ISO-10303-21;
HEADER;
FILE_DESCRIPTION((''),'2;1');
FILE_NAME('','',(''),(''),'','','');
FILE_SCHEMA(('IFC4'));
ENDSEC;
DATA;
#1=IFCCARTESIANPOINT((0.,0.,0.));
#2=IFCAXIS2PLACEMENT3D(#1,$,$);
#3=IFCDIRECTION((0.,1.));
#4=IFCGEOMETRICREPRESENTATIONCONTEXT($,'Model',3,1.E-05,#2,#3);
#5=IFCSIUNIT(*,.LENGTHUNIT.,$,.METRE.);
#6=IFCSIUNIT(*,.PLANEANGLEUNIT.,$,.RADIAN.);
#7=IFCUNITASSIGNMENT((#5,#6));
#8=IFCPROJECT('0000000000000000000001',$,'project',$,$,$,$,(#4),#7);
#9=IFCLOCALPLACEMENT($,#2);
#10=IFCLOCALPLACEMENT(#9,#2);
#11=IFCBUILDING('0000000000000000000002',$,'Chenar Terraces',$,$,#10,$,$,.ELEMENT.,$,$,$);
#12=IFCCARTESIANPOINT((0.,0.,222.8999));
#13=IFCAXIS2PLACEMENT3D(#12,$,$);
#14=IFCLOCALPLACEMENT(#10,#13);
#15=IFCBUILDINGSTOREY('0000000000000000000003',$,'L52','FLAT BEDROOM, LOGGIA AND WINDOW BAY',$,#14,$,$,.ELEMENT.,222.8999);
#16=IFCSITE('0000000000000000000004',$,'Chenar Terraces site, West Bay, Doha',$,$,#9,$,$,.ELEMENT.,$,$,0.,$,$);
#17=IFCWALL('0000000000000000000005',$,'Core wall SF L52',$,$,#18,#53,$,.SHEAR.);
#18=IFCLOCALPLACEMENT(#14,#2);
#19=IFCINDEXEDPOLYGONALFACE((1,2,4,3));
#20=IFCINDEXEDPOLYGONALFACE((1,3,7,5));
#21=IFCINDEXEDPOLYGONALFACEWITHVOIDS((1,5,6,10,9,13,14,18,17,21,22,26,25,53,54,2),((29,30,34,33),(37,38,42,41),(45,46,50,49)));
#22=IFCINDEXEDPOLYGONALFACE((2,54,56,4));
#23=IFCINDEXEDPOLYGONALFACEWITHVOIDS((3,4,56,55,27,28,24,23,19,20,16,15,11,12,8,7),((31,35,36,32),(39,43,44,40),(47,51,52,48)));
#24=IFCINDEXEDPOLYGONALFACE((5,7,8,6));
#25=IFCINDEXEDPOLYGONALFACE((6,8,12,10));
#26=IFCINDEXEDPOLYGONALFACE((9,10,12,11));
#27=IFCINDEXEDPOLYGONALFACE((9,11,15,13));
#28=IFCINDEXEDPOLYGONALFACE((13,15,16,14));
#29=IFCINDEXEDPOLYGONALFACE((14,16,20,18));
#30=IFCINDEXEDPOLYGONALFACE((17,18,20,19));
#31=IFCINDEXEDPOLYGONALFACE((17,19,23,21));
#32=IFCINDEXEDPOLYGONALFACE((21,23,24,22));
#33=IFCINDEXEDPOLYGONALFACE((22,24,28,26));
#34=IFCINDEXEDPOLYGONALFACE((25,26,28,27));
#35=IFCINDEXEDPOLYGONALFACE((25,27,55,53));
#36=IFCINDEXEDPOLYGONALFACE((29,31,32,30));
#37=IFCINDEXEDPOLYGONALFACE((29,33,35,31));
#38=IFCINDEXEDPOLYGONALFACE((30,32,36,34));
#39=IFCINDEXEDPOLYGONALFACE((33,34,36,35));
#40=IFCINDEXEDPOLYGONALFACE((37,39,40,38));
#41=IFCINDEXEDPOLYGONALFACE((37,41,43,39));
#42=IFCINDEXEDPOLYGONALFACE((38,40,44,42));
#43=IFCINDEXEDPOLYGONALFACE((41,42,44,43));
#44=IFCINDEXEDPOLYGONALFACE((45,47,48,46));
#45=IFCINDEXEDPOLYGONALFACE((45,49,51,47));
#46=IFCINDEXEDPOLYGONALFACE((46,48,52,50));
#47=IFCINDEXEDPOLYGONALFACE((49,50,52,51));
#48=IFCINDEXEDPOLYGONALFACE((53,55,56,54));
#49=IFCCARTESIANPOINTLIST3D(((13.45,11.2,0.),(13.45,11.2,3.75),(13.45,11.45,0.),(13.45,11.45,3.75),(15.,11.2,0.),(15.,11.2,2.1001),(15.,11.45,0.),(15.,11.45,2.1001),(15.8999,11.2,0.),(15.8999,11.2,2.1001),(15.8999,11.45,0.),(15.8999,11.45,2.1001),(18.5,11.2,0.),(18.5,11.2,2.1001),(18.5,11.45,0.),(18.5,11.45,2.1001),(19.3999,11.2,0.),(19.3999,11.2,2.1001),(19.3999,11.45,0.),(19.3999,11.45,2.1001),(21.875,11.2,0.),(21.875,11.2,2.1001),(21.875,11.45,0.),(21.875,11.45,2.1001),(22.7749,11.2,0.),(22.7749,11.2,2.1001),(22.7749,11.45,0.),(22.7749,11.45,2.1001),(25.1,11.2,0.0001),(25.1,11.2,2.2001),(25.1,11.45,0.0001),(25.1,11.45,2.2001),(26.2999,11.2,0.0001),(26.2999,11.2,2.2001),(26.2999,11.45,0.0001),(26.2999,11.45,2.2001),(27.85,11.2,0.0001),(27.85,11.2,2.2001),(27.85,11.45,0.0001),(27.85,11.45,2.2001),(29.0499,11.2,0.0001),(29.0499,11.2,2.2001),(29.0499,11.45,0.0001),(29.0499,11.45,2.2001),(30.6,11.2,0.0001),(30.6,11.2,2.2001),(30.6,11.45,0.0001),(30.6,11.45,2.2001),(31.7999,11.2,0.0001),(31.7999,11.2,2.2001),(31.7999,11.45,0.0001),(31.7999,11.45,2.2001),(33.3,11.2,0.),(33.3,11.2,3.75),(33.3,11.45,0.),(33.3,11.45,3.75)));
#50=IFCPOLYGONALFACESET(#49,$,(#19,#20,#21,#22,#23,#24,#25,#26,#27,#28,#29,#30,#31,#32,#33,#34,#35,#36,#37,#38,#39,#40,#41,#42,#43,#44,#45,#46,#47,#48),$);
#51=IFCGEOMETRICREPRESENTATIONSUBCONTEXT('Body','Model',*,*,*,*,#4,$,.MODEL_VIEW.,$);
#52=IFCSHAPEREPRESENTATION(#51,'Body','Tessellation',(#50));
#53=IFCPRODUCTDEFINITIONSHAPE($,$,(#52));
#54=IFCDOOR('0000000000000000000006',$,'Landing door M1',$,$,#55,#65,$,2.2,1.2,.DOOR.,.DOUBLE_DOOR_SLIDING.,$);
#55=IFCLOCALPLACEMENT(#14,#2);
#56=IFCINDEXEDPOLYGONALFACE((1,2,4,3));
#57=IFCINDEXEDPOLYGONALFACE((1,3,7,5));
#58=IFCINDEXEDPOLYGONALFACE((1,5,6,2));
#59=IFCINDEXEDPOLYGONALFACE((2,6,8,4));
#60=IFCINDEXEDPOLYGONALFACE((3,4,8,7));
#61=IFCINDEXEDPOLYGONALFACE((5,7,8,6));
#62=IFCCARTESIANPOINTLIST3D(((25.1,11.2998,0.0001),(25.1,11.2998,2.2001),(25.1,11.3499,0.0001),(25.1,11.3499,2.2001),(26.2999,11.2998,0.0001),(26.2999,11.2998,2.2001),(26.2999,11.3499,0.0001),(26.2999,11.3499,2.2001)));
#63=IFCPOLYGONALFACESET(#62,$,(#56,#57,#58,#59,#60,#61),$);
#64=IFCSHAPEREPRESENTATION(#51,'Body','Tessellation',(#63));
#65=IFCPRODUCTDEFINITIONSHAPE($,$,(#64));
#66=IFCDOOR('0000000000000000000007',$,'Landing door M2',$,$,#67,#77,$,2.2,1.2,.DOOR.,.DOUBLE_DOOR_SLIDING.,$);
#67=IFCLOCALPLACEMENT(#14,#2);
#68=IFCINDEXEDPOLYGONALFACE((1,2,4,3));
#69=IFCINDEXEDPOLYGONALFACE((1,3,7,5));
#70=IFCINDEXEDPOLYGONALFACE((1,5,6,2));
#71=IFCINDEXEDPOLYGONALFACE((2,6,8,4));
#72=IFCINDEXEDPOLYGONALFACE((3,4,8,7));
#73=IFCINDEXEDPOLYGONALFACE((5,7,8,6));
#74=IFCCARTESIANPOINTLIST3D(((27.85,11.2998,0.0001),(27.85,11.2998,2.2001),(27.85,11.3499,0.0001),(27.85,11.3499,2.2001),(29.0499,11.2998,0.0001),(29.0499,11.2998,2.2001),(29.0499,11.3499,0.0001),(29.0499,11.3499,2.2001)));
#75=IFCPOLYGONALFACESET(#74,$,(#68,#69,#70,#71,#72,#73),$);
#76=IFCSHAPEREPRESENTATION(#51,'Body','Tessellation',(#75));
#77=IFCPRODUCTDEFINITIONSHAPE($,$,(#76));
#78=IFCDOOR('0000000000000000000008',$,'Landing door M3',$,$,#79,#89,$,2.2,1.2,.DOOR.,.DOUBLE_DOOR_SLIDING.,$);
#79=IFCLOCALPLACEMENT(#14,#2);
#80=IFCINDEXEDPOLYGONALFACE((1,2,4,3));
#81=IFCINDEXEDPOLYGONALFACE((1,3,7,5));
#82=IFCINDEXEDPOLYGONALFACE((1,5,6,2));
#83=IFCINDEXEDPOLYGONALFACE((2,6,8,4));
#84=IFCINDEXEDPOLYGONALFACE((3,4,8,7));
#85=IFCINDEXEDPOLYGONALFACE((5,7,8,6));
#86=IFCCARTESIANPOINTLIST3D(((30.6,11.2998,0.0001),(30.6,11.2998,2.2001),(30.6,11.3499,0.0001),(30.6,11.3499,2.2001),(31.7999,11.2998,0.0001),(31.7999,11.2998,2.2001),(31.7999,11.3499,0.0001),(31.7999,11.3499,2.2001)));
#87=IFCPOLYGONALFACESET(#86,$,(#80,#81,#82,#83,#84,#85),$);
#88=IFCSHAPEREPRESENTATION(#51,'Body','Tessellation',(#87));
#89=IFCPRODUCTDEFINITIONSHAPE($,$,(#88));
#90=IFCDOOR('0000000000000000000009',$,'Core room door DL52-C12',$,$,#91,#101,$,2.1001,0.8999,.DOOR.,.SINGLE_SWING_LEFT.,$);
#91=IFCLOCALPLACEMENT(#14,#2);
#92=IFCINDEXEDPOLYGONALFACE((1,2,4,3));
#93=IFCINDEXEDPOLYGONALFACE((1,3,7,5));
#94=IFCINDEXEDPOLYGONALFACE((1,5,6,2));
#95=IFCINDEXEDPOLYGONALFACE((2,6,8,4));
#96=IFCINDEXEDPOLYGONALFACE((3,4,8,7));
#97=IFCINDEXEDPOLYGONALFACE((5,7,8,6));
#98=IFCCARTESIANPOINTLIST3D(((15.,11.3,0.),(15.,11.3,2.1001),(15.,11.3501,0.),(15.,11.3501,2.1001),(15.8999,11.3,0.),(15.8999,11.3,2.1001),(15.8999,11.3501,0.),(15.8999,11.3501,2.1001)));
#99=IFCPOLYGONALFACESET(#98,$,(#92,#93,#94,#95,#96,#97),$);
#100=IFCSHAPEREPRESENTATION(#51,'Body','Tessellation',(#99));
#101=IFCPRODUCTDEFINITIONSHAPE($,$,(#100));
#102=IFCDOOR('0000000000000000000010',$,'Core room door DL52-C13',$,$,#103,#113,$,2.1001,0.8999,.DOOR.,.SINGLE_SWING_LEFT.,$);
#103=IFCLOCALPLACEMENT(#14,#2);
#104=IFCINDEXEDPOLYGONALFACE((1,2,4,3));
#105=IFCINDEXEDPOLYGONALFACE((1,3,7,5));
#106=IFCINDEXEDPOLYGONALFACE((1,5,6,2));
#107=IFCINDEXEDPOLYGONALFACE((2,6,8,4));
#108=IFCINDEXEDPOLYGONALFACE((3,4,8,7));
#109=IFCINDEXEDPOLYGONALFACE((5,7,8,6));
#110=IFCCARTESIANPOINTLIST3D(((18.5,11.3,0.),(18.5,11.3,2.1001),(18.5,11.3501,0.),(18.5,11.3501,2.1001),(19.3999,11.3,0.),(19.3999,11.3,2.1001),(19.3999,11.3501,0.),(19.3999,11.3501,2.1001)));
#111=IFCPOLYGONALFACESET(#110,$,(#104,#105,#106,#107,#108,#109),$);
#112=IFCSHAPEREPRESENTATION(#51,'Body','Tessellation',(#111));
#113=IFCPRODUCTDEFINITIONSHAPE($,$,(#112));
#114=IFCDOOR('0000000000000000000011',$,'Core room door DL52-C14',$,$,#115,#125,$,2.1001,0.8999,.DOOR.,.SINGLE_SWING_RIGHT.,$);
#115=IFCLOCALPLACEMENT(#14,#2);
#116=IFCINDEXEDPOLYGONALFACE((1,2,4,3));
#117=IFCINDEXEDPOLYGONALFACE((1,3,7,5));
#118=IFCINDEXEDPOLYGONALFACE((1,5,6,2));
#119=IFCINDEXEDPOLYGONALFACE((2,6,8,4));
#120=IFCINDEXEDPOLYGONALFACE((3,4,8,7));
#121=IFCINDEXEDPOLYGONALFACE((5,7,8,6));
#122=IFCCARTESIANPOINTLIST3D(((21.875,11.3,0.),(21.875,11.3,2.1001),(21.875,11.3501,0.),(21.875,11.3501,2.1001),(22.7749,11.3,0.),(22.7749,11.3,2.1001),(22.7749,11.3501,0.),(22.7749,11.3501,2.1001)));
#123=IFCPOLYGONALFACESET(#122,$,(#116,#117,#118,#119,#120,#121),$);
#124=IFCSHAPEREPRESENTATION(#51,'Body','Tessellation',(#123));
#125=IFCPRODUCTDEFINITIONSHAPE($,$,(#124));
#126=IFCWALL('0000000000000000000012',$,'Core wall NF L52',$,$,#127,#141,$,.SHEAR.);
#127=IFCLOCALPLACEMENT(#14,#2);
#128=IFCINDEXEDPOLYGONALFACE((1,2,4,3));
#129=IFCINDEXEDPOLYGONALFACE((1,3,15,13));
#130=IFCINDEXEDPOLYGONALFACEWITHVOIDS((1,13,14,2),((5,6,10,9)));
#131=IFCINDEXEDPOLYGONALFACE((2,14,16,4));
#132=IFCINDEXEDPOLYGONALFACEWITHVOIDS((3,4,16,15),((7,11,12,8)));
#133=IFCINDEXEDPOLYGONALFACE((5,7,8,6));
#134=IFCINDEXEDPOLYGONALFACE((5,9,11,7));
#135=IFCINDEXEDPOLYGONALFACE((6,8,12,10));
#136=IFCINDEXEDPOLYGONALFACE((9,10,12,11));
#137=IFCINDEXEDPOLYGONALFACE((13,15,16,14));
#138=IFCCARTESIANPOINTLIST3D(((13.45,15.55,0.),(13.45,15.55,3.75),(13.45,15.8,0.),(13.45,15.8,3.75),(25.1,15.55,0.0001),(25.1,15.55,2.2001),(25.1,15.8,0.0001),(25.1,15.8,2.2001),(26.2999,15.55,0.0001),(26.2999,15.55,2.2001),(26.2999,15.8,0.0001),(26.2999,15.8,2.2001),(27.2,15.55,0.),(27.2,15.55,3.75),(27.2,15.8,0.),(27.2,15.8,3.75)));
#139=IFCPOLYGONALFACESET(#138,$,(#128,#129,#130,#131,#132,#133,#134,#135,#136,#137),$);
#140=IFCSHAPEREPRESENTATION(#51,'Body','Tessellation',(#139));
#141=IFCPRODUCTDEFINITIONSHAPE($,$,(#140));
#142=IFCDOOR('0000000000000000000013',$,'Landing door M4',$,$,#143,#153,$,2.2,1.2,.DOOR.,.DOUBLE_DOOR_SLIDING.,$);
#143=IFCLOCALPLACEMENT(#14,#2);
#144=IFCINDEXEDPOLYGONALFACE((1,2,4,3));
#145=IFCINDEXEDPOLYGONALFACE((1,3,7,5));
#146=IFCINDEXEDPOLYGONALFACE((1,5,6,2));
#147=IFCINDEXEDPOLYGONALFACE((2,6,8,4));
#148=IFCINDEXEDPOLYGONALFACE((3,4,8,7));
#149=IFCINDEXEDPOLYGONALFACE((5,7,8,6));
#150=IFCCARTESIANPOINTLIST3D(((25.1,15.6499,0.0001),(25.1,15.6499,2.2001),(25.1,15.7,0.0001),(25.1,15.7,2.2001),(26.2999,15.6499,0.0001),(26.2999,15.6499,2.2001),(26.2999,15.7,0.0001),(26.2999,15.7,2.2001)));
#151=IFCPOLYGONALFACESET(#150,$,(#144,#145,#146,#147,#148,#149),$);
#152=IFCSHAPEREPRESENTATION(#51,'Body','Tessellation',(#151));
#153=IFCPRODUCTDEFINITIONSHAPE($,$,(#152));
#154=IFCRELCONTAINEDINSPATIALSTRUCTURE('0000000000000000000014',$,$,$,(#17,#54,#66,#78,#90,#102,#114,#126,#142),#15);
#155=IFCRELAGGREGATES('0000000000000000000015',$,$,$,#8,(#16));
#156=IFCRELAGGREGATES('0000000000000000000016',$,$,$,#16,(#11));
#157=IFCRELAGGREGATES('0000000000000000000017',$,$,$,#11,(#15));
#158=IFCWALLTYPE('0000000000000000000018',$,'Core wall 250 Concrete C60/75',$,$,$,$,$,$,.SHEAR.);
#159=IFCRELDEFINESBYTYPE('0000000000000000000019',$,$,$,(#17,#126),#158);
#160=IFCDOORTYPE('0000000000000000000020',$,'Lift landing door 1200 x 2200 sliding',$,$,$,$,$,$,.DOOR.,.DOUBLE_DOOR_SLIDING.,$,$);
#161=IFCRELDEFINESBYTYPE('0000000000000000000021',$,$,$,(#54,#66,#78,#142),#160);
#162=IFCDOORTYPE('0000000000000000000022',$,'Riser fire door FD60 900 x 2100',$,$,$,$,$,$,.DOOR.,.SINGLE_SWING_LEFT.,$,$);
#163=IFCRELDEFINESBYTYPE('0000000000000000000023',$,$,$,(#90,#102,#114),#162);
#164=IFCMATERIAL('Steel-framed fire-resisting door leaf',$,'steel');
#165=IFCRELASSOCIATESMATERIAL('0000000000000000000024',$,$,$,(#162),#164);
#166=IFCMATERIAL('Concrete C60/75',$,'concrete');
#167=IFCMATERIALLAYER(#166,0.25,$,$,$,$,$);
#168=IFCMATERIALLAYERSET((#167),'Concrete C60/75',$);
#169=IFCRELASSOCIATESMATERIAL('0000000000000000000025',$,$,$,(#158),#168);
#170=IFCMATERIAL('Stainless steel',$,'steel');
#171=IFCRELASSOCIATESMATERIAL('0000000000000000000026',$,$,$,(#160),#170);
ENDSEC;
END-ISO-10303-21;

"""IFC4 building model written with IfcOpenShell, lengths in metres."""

from ifc_helpers import new_model, si_unit, direction, frame, frame_2d, origin, place, context, subcontext, project, spatial, rectangle, extrude, material, layer, layer_set, type_object, element, fill, save


model = new_model("IFC4")

# Units and contexts
model_context = context("Model", 3, precision=1e-05, world=origin(), true_north=direction((0.0, 1.0)))
body_context = subcontext(model_context, "Body", "Model", "MODEL_VIEW")
ifc_project = project(units=[si_unit("LENGTHUNIT", "METRE"), si_unit("PLANEANGLEUNIT", "RADIAN")], contexts=[model_context])

# Site, building, storey
site_placement = place(None, origin())
site = spatial("IfcSite", under=ifc_project, at=site_placement, Name="Chenar Terraces site, West Bay, Doha", CompositionType="ELEMENT", RefElevation=0.0)
building_placement = place(site_placement, origin())
building = spatial("IfcBuilding", under=site, at=building_placement, Name="Chenar Terraces", CompositionType="ELEMENT")
storey_placement = place(building_placement, frame((0.0, 0.0, 222.8999)))
storey = spatial("IfcBuildingStorey", under=building, at=storey_placement, Name="L52", Description="FLAT BEDROOM, LOGGIA AND WINDOW BAY", CompositionType="ELEMENT", Elevation=222.8999)

# Shared definitions
ifc_material_1 = material(Name="Steel-framed fire-resisting door leaf", Category="steel")
door_type_1 = type_object("IfcDoorType", Name="Riser fire door FD60 900 x 2100", OperationType="SINGLE_SWING_LEFT", PredefinedType="DOOR", material=ifc_material_1)

# Shared definitions
ifc_material_2 = material(Name="Concrete C60/75", Category="concrete")
ifc_layer_1 = layer(ifc_material_2, 0.25)
ifc_layer_set_1 = layer_set([ifc_layer_1], Name="Concrete C60/75")
wall_type_1 = type_object("IfcWallType", Name="Core wall 250 Concrete C60/75", PredefinedType="SHEAR", material=ifc_layer_set_1)

# Wall, openings, doors
wall_1_placement = place(storey_placement, frame((13.45, 11.325, 0.0), z_axis=(0.0, 0.0, 1.0), x_axis=(1.0, 0.0, 0.0)))
wall_1 = element("IfcWall", 1, at=wall_1_placement, inside=storey, type_object=wall_type_1, Name="Core wall SF L52", PredefinedType="SHEAR", context=body_context, shape_type="SweptSolid", body=[
    extrude(rectangle(XDim=19.8501, YDim=0.25, at=frame_2d((9.925, 0.0))), origin(), (0.0, 0.0, 1.0), 3.75),
])
opening_1_placement = place(wall_1_placement, frame((11.6499, 0.0, 0.0)))
opening_1 = element("IfcOpeningElement", 2, at=opening_1_placement, cuts=wall_1, PredefinedType="OPENING", context=body_context, shape_type="SweptSolid", body=[
    extrude(rectangle(XDim=1.2, YDim=2.2, at=frame_2d((0.6001, 1.1001))), frame((0.0, 0.135, 0.0), z_axis=(0.0, -1.0, 0.0), x_axis=(1.0, 0.0, 0.0)), (0.0, 0.0, 1.0), 0.27),
])
opening_2_placement = place(wall_1_placement, frame((14.3999, 0.0, 0.0)))
opening_2 = element("IfcOpeningElement", 3, at=opening_2_placement, cuts=wall_1, PredefinedType="OPENING", context=body_context, shape_type="SweptSolid", body=[
    extrude(rectangle(XDim=1.2, YDim=2.2, at=frame_2d((0.6001, 1.1001))), frame((0.0, 0.135, 0.0), z_axis=(0.0, -1.0, 0.0), x_axis=(1.0, 0.0, 0.0)), (0.0, 0.0, 1.0), 0.27),
])
opening_3_placement = place(wall_1_placement, frame((17.1499, 0.0, 0.0)))
opening_3 = element("IfcOpeningElement", 4, at=opening_3_placement, cuts=wall_1, PredefinedType="OPENING", context=body_context, shape_type="SweptSolid", body=[
    extrude(rectangle(XDim=1.2, YDim=2.2, at=frame_2d((0.6001, 1.1001))), frame((0.0, 0.135, 0.0), z_axis=(0.0, -1.0, 0.0), x_axis=(1.0, 0.0, 0.0)), (0.0, 0.0, 1.0), 0.27),
])
opening_4_placement = place(wall_1_placement, frame((1.55, 0.0, 0.0)))
opening_4 = element("IfcOpeningElement", 5, at=opening_4_placement, cuts=wall_1, PredefinedType="OPENING", context=body_context, shape_type="SweptSolid", body=[
    extrude(rectangle(XDim=0.8999, YDim=2.1001, at=frame_2d((0.45, 1.05))), frame((0.0, 0.135, 0.0), z_axis=(0.0, -1.0, 0.0), x_axis=(1.0, 0.0, 0.0)), (0.0, 0.0, 1.0), 0.27),
])
opening_5_placement = place(wall_1_placement, frame((5.05, 0.0, 0.0)))
opening_5 = element("IfcOpeningElement", 6, at=opening_5_placement, cuts=wall_1, PredefinedType="OPENING", context=body_context, shape_type="SweptSolid", body=[
    extrude(rectangle(XDim=0.8999, YDim=2.1001, at=frame_2d((0.45, 1.05))), frame((0.0, 0.135, 0.0), z_axis=(0.0, -1.0, 0.0), x_axis=(1.0, 0.0, 0.0)), (0.0, 0.0, 1.0), 0.27),
])
opening_6_placement = place(wall_1_placement, frame((8.425, 0.0, 0.0)))
opening_6 = element("IfcOpeningElement", 7, at=opening_6_placement, cuts=wall_1, PredefinedType="OPENING", context=body_context, shape_type="SweptSolid", body=[
    extrude(rectangle(XDim=0.8999, YDim=2.1001, at=frame_2d((0.45, 1.05))), frame((0.0, 0.135, 0.0), z_axis=(0.0, -1.0, 0.0), x_axis=(1.0, 0.0, 0.0)), (0.0, 0.0, 1.0), 0.27),
])
ifc_material_3 = material(Name="Stainless steel", Category="steel")
door_type_2 = type_object("IfcDoorType", Name="Lift landing door 1200 x 2200 sliding", OperationType="DOUBLE_DOOR_SLIDING", PredefinedType="DOOR", material=ifc_material_3)
door_1_placement = place(opening_1_placement, origin())
door_1 = element("IfcDoor", 8, at=door_1_placement, inside=storey, type_object=door_type_2, Name="Landing door M1", OperationType="DOUBLE_DOOR_SLIDING", OverallHeight=2.2, OverallWidth=1.2, PredefinedType="DOOR", context=body_context, shape_type="SweptSolid", body=[
    extrude(rectangle(XDim=1.2, YDim=2.2, at=frame_2d((0.6001, 1.1001))), frame((0.0, 0.0249, 0.0), z_axis=(0.0, -1.0, 0.0), x_axis=(1.0, 0.0, 0.0)), (0.0, 0.0, 1.0), 0.05),
])
fill(opening_1, door_1)
door_2_placement = place(opening_2_placement, origin())
door_2 = element("IfcDoor", 9, at=door_2_placement, inside=storey, type_object=door_type_2, Name="Landing door M2", OperationType="DOUBLE_DOOR_SLIDING", OverallHeight=2.2, OverallWidth=1.2, PredefinedType="DOOR", context=body_context, shape_type="SweptSolid", body=[
    extrude(rectangle(XDim=1.2, YDim=2.2, at=frame_2d((0.6001, 1.1001))), frame((0.0, 0.0249, 0.0), z_axis=(0.0, -1.0, 0.0), x_axis=(1.0, 0.0, 0.0)), (0.0, 0.0, 1.0), 0.05),
])
fill(opening_2, door_2)
door_3_placement = place(opening_3_placement, origin())
door_3 = element("IfcDoor", 10, at=door_3_placement, inside=storey, type_object=door_type_2, Name="Landing door M3", OperationType="DOUBLE_DOOR_SLIDING", OverallHeight=2.2, OverallWidth=1.2, PredefinedType="DOOR", context=body_context, shape_type="SweptSolid", body=[
    extrude(rectangle(XDim=1.2, YDim=2.2, at=frame_2d((0.6001, 1.1001))), frame((0.0, 0.0249, 0.0), z_axis=(0.0, -1.0, 0.0), x_axis=(1.0, 0.0, 0.0)), (0.0, 0.0, 1.0), 0.05),
])
fill(opening_3, door_3)
door_4_placement = place(opening_4_placement, frame((0.8999, 0.0, 0.0), z_axis=(0.0, 0.0, 1.0), x_axis=(-1.0, 0.0, 0.0)))
door_4 = element("IfcDoor", 11, at=door_4_placement, inside=storey, type_object=door_type_1, Name="Core room door DL52-C12", OperationType="SINGLE_SWING_LEFT", OverallHeight=2.1001, OverallWidth=0.8999, PredefinedType="DOOR", context=body_context, shape_type="SweptSolid", body=[
    extrude(rectangle(XDim=0.8999, YDim=2.1001, at=frame_2d((0.45, 1.05))), frame((0.0, 0.0249, 0.0), z_axis=(0.0, -1.0, 0.0), x_axis=(1.0, 0.0, 0.0)), (0.0, 0.0, 1.0), 0.05),
])
fill(opening_4, door_4)
door_5_placement = place(opening_5_placement, frame((0.8999, 0.0, 0.0), z_axis=(0.0, 0.0, 1.0), x_axis=(-1.0, 0.0, 0.0)))
door_5 = element("IfcDoor", 12, at=door_5_placement, inside=storey, type_object=door_type_1, Name="Core room door DL52-C13", OperationType="SINGLE_SWING_LEFT", OverallHeight=2.1001, OverallWidth=0.8999, PredefinedType="DOOR", context=body_context, shape_type="SweptSolid", body=[
    extrude(rectangle(XDim=0.8999, YDim=2.1001, at=frame_2d((0.45, 1.05))), frame((0.0, 0.0249, 0.0), z_axis=(0.0, -1.0, 0.0), x_axis=(1.0, 0.0, 0.0)), (0.0, 0.0, 1.0), 0.05),
])
fill(opening_5, door_5)
door_6_placement = place(opening_6_placement, frame((0.8999, 0.0, 0.0), z_axis=(0.0, 0.0, 1.0), x_axis=(-1.0, 0.0, 0.0)))
door_6 = element("IfcDoor", 13, at=door_6_placement, inside=storey, type_object=door_type_1, Name="Core room door DL52-C14", OperationType="SINGLE_SWING_RIGHT", OverallHeight=2.1001, OverallWidth=0.8999, PredefinedType="DOOR", context=body_context, shape_type="SweptSolid", body=[
    extrude(rectangle(XDim=0.8999, YDim=2.1001, at=frame_2d((0.45, 1.05))), frame((0.0, 0.0249, 0.0), z_axis=(0.0, -1.0, 0.0), x_axis=(1.0, 0.0, 0.0)), (0.0, 0.0, 1.0), 0.05),
])
fill(opening_6, door_6)

# Wall, opening, door
wall_2_placement = place(storey_placement, frame((13.45, 15.675, 0.0), z_axis=(0.0, 0.0, 1.0), x_axis=(1.0, 0.0, 0.0)))
wall_2 = element("IfcWall", 14, at=wall_2_placement, inside=storey, type_object=wall_type_1, Name="Core wall NF L52", PredefinedType="SHEAR", context=body_context, shape_type="SweptSolid", body=[
    extrude(rectangle(XDim=13.75, YDim=0.25, at=frame_2d((6.875, 0.0))), origin(), (0.0, 0.0, 1.0), 3.75),
])
opening_7_placement = place(wall_2_placement, frame((11.6499, 0.0, 0.0)))
opening_7 = element("IfcOpeningElement", 15, at=opening_7_placement, cuts=wall_2, PredefinedType="OPENING", context=body_context, shape_type="SweptSolid", body=[
    extrude(rectangle(XDim=1.2, YDim=2.2, at=frame_2d((0.6001, 1.1001))), frame((0.0, 0.135, 0.0), z_axis=(0.0, -1.0, 0.0), x_axis=(1.0, 0.0, 0.0)), (0.0, 0.0, 1.0), 0.27),
])
door_7_placement = place(opening_7_placement, origin())
door_7 = element("IfcDoor", 16, at=door_7_placement, inside=storey, type_object=door_type_2, Name="Landing door M4", OperationType="DOUBLE_DOOR_SLIDING", OverallHeight=2.2, OverallWidth=1.2, PredefinedType="DOOR", context=body_context, shape_type="SweptSolid", body=[
    extrude(rectangle(XDim=1.2, YDim=2.2, at=frame_2d((0.6001, 1.1001))), frame((0.0, 0.0249, 0.0), z_axis=(0.0, -1.0, 0.0), x_axis=(1.0, 0.0, 0.0)), (0.0, 0.0, 1.0), 0.05),
])
fill(opening_7, door_7)

save(model, "model.ifc")
